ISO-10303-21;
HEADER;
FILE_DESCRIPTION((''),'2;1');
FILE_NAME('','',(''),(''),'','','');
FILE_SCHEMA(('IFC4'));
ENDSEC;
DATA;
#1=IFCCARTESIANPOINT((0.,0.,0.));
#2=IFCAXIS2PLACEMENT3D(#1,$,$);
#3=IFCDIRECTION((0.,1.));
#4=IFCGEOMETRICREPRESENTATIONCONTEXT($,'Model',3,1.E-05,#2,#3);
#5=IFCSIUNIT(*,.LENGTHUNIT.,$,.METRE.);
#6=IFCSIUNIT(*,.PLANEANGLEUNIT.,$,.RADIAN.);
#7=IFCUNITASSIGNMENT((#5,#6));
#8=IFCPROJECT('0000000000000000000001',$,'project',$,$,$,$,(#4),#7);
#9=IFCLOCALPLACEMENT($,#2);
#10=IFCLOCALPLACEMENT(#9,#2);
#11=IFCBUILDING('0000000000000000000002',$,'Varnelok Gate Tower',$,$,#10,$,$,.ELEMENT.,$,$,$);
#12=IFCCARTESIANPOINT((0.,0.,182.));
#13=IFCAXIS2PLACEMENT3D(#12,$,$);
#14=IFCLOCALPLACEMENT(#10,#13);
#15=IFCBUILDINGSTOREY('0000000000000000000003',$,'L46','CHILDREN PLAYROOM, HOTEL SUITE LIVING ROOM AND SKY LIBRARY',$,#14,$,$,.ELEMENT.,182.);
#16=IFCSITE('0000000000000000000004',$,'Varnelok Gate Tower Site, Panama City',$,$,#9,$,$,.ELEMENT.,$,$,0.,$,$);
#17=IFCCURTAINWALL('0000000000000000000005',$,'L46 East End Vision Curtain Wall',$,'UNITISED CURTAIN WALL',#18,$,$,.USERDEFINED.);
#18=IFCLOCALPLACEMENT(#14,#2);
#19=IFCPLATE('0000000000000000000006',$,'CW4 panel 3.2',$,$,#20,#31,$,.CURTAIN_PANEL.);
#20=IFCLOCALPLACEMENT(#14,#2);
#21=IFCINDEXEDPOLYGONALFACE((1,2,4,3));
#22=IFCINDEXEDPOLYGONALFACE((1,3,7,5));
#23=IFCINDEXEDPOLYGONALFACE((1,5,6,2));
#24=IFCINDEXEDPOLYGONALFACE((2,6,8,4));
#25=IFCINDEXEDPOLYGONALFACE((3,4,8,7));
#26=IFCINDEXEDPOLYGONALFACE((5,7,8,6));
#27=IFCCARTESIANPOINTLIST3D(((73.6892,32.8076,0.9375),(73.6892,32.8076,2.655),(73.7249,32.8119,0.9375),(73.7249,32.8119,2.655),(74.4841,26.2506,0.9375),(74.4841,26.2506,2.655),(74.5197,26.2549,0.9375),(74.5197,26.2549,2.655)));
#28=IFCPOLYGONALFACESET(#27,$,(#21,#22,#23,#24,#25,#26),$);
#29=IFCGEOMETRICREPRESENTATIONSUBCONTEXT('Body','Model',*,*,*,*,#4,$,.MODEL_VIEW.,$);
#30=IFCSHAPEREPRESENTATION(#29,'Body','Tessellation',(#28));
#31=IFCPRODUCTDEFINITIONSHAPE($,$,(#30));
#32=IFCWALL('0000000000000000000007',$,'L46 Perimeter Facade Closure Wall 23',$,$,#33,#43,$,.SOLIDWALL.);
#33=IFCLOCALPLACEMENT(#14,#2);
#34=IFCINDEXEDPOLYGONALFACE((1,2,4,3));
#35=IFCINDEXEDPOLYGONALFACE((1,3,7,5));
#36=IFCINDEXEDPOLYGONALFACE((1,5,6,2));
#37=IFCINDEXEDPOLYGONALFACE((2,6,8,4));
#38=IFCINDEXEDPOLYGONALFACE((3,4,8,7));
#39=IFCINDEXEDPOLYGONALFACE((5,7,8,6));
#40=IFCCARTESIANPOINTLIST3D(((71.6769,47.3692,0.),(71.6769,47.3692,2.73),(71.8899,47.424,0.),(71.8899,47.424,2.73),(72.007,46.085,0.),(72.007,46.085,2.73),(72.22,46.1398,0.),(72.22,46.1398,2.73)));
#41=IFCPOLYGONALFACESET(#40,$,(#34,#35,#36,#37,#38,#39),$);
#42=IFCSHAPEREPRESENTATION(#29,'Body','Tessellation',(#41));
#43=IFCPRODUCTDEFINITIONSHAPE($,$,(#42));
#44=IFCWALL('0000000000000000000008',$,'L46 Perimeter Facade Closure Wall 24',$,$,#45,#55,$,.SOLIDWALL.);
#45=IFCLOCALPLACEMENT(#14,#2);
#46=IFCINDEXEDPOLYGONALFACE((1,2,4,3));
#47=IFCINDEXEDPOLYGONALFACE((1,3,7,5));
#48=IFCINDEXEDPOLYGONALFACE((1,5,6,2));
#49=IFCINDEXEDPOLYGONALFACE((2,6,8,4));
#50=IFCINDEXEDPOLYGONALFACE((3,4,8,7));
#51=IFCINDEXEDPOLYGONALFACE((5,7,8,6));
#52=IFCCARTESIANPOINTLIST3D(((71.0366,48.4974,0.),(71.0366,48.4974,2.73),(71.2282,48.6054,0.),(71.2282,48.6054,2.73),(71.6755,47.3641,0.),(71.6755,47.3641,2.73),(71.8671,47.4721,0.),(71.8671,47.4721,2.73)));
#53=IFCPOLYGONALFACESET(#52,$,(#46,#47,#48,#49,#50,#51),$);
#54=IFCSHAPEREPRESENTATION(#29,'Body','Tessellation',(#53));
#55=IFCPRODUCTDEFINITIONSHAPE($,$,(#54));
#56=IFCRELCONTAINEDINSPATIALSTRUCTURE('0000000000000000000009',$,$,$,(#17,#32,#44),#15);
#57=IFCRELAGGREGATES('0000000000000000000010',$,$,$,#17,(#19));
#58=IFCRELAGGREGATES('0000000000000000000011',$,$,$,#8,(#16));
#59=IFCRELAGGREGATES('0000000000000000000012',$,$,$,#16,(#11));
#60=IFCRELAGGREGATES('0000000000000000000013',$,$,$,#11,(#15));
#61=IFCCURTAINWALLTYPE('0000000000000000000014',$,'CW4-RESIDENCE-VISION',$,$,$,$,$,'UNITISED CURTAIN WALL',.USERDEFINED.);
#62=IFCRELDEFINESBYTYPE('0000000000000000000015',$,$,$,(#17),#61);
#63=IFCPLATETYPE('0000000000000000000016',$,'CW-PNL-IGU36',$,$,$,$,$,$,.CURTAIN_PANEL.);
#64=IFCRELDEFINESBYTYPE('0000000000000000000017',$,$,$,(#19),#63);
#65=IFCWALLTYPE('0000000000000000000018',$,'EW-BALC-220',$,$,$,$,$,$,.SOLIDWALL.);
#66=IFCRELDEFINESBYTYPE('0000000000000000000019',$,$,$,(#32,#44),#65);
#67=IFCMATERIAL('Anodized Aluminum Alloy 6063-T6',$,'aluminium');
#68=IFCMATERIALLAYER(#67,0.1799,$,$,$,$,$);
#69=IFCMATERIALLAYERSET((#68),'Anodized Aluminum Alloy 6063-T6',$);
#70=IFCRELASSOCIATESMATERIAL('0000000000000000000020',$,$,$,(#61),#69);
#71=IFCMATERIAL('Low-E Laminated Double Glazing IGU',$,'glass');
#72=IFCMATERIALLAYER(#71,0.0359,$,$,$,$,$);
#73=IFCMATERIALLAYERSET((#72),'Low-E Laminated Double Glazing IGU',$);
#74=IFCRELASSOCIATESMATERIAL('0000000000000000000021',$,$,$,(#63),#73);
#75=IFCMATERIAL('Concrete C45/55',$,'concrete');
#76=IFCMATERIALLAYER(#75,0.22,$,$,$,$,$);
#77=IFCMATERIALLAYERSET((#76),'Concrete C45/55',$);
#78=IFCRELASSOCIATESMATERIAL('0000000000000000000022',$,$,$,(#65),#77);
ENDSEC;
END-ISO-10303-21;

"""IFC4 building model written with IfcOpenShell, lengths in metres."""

from ifc_helpers import new_model, si_unit, direction, frame, frame_2d, origin, origin_2d, place, context, subcontext, project, spatial, rectangle, extrude, source, transform, mapped, material, layer, layer_set, type_object, element, aggregate, save


model = new_model("IFC4")

# Units and contexts
model_context = context("Model", 3, precision=1e-05, world=origin(), true_north=direction((0.0, 1.0)))
body_context = subcontext(model_context, "Body", "Model", "MODEL_VIEW")
ifc_project = project(units=[si_unit("LENGTHUNIT", "METRE"), si_unit("PLANEANGLEUNIT", "RADIAN")], contexts=[model_context])

# Site, building, storey
site_placement = place(None, origin())
site = spatial("IfcSite", under=ifc_project, at=site_placement, Name="Varnelok Gate Tower Site, Panama City", CompositionType="ELEMENT", RefElevation=0.0)
building_placement = place(site_placement, origin())
building = spatial("IfcBuilding", under=site, at=building_placement, Name="Varnelok Gate Tower", CompositionType="ELEMENT")
storey_placement = place(building_placement, frame((0.0, 0.0, 182.0)))
storey = spatial("IfcBuildingStorey", under=building, at=storey_placement, Name="L46", Description="CHILDREN PLAYROOM, HOTEL SUITE LIVING ROOM AND SKY LIBRARY", CompositionType="ELEMENT", Elevation=182.0)

# Curtain wall, plate
ifc_material_1 = material(Name="Anodized Aluminum Alloy 6063-T6", Category="aluminium")
ifc_layer_1 = layer(ifc_material_1, 0.1799)
ifc_layer_set_1 = layer_set([ifc_layer_1], Name="Anodized Aluminum Alloy 6063-T6")
curtain_wall_type = type_object("IfcCurtainWallType", Name="CW4-RESIDENCE-VISION", ElementType="UNITISED CURTAIN WALL", PredefinedType="USERDEFINED", material=ifc_layer_set_1)
curtain_wall_placement = place(storey_placement, origin())
curtain_wall = element("IfcCurtainWall", 1, at=curtain_wall_placement, inside=storey, type_object=curtain_wall_type, Name="L46 East End Vision Curtain Wall", ObjectType="UNITISED CURTAIN WALL", PredefinedType="USERDEFINED")
ifc_material_2 = material(Name="Low-E Laminated Double Glazing IGU", Category="glass")
ifc_layer_2 = layer(ifc_material_2, 0.0359)
ifc_layer_set_2 = layer_set([ifc_layer_2], Name="Low-E Laminated Double Glazing IGU")
plate_type = type_object("IfcPlateType", Name="CW-PNL-IGU36", PredefinedType="CURTAIN_PANEL", material=ifc_layer_set_2)
shared_shape_1 = source(origin(), body_context, "Body", "SweptSolid", [
    extrude(rectangle(XDim=6.605, YDim=0.0359, at=origin_2d()), origin(), (0.0, 0.0, 1.0), 1.7175),
])
plate_1_placement = place(storey_placement, frame((74.1045, 29.5312, 0.9375), z_axis=(0.0, 0.0, 1.0), x_axis=(0.120345, -0.992732, 0.0)))
plate_1 = element("IfcPlate", 2, at=plate_1_placement, type_object=plate_type, Name="CW4 panel 3.2", PredefinedType="CURTAIN_PANEL", context=body_context, shape_type="MappedRepresentation", body=[
    mapped(shared_shape_1, transform((0.0, 0.0, 0.0), scale=1.0)),
])
aggregate(curtain_wall, [plate_1])

# Walls
ifc_material_3 = material(Name="Concrete C45/55", Category="concrete")
ifc_layer_3 = layer(ifc_material_3, 0.22)
ifc_layer_set_3 = layer_set([ifc_layer_3], Name="Concrete C45/55")
wall_type = type_object("IfcWallType", Name="EW-BALC-220", PredefinedType="SOLIDWALL", material=ifc_layer_set_3)
wall_1_placement = place(storey_placement, frame((72.1135, 46.1123, 0.0), z_axis=(0.0, 0.0, 1.0), x_axis=(-0.248942, 0.968518, 0.0)))
element("IfcWall", 3, at=wall_1_placement, inside=storey, type_object=wall_type, Name="L46 Perimeter Facade Closure Wall 23", PredefinedType="SOLIDWALL", context=body_context, shape_type="SweptSolid", body=[
    extrude(rectangle(XDim=1.3259, YDim=0.22, at=frame_2d((0.6631, 0.0))), origin(), (0.0, 0.0, 1.0), 2.73),
])
wall_2_placement = place(storey_placement, frame((71.7712, 47.4182, 0.0), z_axis=(0.0, 0.0, 1.0), x_axis=(-0.491099, 0.871104, 0.0)))
element("IfcWall", 4, at=wall_2_placement, inside=storey, type_object=wall_type, Name="L46 Perimeter Facade Closure Wall 24", PredefinedType="SOLIDWALL", context=body_context, shape_type="SweptSolid", body=[
    extrude(rectangle(XDim=1.301, YDim=0.22, at=frame_2d((0.6504, 0.0))), origin(), (0.0, 0.0, 1.0), 2.73),
])

save(model, "model.ifc")
